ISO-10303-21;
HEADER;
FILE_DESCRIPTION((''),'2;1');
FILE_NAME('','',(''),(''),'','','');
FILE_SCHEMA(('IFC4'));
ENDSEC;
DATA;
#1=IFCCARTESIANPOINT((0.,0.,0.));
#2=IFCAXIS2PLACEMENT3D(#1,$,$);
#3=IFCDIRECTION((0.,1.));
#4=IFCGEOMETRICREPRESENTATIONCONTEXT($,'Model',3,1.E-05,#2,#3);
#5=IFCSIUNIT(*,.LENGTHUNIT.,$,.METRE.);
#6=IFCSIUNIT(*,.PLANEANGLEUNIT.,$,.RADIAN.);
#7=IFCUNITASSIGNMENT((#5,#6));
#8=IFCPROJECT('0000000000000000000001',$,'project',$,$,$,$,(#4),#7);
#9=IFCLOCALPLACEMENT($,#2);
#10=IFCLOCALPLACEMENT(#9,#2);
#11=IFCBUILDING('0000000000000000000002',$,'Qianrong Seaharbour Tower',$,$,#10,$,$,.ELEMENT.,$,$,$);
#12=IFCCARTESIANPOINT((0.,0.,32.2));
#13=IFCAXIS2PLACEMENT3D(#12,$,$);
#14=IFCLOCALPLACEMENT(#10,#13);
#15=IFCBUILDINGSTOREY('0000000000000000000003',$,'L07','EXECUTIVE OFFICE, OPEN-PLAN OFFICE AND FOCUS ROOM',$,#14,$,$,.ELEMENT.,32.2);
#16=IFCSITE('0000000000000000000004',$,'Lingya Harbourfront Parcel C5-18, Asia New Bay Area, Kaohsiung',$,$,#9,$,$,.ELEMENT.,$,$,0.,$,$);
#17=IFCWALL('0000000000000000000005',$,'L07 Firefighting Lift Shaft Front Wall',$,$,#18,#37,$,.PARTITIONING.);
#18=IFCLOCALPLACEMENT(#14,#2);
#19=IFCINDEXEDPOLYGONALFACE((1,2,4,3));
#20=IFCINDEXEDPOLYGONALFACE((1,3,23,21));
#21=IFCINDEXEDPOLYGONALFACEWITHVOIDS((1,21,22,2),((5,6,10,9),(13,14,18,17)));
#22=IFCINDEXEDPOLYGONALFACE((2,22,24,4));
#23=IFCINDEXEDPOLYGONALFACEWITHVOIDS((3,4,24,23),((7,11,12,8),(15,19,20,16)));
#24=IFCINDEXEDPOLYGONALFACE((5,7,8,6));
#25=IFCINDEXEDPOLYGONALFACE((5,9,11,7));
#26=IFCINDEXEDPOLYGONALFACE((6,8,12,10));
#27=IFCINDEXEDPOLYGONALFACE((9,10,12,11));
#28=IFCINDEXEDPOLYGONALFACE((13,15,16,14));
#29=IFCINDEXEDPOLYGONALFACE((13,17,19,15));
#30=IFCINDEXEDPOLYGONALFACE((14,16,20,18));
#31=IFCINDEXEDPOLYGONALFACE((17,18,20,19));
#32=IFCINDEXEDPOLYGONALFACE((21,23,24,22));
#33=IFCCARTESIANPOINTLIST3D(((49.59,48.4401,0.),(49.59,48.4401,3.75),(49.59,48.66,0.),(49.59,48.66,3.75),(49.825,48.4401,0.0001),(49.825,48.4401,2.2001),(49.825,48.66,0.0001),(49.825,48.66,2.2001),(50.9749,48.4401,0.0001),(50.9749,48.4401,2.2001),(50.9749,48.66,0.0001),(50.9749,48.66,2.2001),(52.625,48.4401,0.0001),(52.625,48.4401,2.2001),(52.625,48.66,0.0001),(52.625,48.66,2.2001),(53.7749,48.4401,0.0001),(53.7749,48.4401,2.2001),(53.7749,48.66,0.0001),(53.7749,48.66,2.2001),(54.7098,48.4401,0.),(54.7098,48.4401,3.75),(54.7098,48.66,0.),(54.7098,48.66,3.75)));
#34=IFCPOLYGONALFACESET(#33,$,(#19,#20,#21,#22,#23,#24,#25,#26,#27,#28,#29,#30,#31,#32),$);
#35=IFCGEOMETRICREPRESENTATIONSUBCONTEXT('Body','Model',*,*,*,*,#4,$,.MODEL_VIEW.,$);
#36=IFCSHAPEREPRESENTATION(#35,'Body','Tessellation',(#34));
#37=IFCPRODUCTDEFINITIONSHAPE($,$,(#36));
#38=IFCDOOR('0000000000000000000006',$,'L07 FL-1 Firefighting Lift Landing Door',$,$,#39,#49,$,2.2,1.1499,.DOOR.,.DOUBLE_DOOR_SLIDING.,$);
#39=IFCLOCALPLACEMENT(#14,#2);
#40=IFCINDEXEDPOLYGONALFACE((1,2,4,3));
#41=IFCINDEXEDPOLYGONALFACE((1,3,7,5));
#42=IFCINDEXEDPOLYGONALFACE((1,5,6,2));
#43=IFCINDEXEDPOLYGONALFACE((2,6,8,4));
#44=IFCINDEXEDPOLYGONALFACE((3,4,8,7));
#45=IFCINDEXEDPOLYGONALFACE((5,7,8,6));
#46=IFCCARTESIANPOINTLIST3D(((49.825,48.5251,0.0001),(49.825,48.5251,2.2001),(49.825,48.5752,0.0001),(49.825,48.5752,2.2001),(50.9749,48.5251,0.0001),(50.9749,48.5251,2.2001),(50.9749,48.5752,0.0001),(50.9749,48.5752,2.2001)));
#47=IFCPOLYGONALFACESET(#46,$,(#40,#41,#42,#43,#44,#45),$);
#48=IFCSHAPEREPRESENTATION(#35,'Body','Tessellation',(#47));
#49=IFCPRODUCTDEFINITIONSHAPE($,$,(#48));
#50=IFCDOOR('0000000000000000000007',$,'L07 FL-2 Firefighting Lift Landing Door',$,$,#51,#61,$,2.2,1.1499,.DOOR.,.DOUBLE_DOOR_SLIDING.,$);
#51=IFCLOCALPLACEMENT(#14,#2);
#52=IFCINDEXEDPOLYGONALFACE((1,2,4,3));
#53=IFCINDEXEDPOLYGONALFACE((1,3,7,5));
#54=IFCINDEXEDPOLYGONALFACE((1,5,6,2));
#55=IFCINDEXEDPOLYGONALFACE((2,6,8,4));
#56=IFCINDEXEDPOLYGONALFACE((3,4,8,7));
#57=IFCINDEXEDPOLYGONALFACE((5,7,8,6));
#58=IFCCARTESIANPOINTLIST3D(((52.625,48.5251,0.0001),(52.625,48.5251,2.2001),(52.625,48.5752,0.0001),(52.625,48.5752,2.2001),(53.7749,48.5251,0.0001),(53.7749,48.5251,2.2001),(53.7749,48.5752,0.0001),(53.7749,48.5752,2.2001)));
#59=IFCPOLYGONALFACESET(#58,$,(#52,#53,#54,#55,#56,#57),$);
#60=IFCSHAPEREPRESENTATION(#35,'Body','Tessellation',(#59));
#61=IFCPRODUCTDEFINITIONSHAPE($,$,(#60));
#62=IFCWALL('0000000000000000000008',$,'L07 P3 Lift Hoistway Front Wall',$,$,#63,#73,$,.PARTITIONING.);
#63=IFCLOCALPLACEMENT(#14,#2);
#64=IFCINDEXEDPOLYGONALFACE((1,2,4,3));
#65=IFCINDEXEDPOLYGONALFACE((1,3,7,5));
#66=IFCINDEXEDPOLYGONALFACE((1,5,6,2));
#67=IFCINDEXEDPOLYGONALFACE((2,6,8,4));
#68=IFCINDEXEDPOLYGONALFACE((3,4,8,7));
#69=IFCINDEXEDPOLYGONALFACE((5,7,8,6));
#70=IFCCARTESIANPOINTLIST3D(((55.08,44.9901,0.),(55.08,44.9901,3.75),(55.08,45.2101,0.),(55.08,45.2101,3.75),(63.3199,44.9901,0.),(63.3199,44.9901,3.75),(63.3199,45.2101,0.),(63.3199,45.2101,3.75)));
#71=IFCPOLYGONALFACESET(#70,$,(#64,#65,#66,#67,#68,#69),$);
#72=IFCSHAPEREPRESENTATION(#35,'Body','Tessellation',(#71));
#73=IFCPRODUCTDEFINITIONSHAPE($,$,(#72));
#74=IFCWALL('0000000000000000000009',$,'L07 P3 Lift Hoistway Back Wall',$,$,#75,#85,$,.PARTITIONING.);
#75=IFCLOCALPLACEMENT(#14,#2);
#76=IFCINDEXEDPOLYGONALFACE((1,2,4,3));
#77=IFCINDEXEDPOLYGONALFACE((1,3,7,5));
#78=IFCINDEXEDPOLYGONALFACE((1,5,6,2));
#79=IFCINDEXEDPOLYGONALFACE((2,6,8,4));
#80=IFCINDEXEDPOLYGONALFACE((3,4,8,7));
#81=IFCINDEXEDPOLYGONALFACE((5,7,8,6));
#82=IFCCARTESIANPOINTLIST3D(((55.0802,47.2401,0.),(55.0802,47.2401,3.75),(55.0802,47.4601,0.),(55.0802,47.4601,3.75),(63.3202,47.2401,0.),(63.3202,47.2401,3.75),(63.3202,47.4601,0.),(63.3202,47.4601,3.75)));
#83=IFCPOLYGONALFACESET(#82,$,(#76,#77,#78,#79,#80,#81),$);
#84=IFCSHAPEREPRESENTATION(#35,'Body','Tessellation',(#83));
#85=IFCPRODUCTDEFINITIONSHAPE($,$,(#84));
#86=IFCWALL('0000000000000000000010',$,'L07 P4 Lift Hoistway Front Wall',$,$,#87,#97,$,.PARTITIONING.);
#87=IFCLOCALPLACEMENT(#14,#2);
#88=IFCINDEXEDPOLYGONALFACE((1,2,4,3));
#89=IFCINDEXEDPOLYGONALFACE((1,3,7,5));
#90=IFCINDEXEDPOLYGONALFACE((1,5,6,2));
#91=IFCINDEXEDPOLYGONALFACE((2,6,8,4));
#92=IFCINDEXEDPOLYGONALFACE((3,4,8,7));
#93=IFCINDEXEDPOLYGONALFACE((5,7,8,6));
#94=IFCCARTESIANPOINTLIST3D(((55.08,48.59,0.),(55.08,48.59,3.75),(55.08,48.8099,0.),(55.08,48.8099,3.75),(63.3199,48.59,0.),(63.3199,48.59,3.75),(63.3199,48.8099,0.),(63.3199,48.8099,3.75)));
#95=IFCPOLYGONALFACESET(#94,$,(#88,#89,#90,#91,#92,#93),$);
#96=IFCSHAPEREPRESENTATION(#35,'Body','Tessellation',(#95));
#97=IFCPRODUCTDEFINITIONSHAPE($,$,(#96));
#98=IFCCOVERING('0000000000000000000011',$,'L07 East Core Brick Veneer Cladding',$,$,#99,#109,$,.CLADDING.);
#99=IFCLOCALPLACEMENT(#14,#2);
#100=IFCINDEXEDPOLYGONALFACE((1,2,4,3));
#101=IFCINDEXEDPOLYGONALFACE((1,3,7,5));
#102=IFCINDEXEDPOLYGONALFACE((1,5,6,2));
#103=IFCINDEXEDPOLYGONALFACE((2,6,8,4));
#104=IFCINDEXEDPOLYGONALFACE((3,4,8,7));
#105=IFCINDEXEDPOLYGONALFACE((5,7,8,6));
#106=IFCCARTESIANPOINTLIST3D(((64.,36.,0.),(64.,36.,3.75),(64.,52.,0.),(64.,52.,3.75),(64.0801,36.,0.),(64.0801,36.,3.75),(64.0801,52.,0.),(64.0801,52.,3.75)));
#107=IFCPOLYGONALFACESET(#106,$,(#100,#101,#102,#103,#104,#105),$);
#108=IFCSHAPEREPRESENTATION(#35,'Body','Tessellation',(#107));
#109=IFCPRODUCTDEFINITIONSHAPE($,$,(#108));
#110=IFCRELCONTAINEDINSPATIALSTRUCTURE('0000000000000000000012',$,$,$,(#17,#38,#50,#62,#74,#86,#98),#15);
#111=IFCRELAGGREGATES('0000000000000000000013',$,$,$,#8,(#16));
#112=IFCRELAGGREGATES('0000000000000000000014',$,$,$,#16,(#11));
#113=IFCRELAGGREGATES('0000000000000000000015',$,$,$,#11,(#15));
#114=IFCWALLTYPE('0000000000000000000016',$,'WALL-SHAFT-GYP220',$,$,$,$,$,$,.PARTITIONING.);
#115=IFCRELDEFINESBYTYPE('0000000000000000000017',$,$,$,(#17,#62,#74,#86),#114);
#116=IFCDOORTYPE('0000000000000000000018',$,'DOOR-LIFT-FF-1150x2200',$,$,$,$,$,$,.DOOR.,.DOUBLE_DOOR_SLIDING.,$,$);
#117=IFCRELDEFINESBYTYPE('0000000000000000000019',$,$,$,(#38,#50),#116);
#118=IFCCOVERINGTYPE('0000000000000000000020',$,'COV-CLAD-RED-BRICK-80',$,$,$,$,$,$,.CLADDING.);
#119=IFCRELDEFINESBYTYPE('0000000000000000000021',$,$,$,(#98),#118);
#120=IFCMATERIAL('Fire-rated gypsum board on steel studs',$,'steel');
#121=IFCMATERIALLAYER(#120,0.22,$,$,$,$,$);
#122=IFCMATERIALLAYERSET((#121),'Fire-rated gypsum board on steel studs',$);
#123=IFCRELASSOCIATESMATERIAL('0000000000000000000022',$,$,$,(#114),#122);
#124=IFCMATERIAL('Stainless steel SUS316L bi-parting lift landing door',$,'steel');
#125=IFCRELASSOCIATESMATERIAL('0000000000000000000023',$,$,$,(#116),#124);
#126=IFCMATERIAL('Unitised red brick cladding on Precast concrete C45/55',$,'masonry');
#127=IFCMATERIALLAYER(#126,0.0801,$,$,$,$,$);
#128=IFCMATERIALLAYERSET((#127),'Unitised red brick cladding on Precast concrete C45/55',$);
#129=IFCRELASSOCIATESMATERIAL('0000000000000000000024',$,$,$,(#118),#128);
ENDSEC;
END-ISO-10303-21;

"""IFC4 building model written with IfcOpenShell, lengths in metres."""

from ifc_helpers import new_model, si_unit, direction, frame, frame_2d, origin, origin_2d, place, context, subcontext, project, spatial, rectangle, extrude, material, layer, layer_set, type_object, element, fill, save


model = new_model("IFC4")

# Units and contexts
model_context = context("Model", 3, precision=1e-05, world=origin(), true_north=direction((0.0, 1.0)))
body_context = subcontext(model_context, "Body", "Model", "MODEL_VIEW")
ifc_project = project(units=[si_unit("LENGTHUNIT", "METRE"), si_unit("PLANEANGLEUNIT", "RADIAN")], contexts=[model_context])

# Site, building, storey
site_placement = place(None, origin())
site = spatial("IfcSite", under=ifc_project, at=site_placement, Name="Lingya Harbourfront Parcel C5-18, Asia New Bay Area, Kaohsiung", CompositionType="ELEMENT", RefElevation=0.0)
building_placement = place(site_placement, origin())
building = spatial("IfcBuilding", under=site, at=building_placement, Name="Qianrong Seaharbour Tower", CompositionType="ELEMENT")
storey_placement = place(building_placement, frame((0.0, 0.0, 32.2)))
storey = spatial("IfcBuildingStorey", under=building, at=storey_placement, Name="L07", Description="EXECUTIVE OFFICE, OPEN-PLAN OFFICE AND FOCUS ROOM", CompositionType="ELEMENT", Elevation=32.2)

# Shared definitions
ifc_material_1 = material(Name="Fire-rated gypsum board on steel studs", Category="steel")

# Wall, openings, doors
ifc_layer_1 = layer(ifc_material_1, 0.22)
ifc_layer_set_1 = layer_set([ifc_layer_1], Name="Fire-rated gypsum board on steel studs")
wall_type_1 = type_object("IfcWallType", Name="WALL-SHAFT-GYP220", PredefinedType="PARTITIONING", material=ifc_layer_set_1)
wall_1_placement = place(storey_placement, frame((54.71, 48.55, 0.0), z_axis=(0.0, 0.0, 1.0), x_axis=(-1.0, 0.0, 0.0)))
wall_1 = element("IfcWall", 1, at=wall_1_placement, inside=storey, type_object=wall_type_1, Name="L07 Firefighting Lift Shaft Front Wall", PredefinedType="PARTITIONING", context=body_context, shape_type="SweptSolid", body=[
    extrude(rectangle(XDim=5.1199, YDim=0.22, at=frame_2d((2.5601, 0.0))), origin(), (0.0, 0.0, 1.0), 3.75),
])
opening_1_placement = place(wall_1_placement, frame((3.7351, 0.0, 0.0)))
opening_1 = element("IfcOpeningElement", 2, at=opening_1_placement, cuts=wall_1, PredefinedType="OPENING", context=body_context, shape_type="SweptSolid", body=[
    extrude(rectangle(XDim=1.1499, YDim=2.2, at=frame_2d((0.575, 1.1001))), frame((0.0, 0.1201, 0.0), z_axis=(0.0, -1.0, 0.0), x_axis=(1.0, 0.0, 0.0)), (0.0, 0.0, 1.0), 0.24),
])
opening_2_placement = place(wall_1_placement, frame((0.9351, 0.0, 0.0)))
opening_2 = element("IfcOpeningElement", 3, at=opening_2_placement, cuts=wall_1, PredefinedType="OPENING", context=body_context, shape_type="SweptSolid", body=[
    extrude(rectangle(XDim=1.1499, YDim=2.2, at=frame_2d((0.575, 1.1001))), frame((0.0, 0.1201, 0.0), z_axis=(0.0, -1.0, 0.0), x_axis=(1.0, 0.0, 0.0)), (0.0, 0.0, 1.0), 0.24),
])
ifc_material_2 = material(Name="Stainless steel SUS316L bi-parting lift landing door", Category="steel")
door_type_1 = type_object("IfcDoorType", Name="DOOR-LIFT-FF-1150x2200", OperationType="DOUBLE_DOOR_SLIDING", PredefinedType="DOOR", material=ifc_material_2)
door_1_placement = place(opening_1_placement, origin())
door_1 = element("IfcDoor", 4, at=door_1_placement, inside=storey, type_object=door_type_1, Name="L07 FL-1 Firefighting Lift Landing Door", OperationType="DOUBLE_DOOR_SLIDING", OverallHeight=2.2, OverallWidth=1.1499, PredefinedType="DOOR", context=body_context, shape_type="SweptSolid", body=[
    extrude(rectangle(XDim=1.1499, YDim=2.2, at=frame_2d((0.575, 1.1001))), frame((0.0, 0.0249, 0.0), z_axis=(0.0, -1.0, 0.0), x_axis=(1.0, 0.0, 0.0)), (0.0, 0.0, 1.0), 0.05),
])
fill(opening_1, door_1)
door_2_placement = place(opening_2_placement, origin())
door_2 = element("IfcDoor", 5, at=door_2_placement, inside=storey, type_object=door_type_1, Name="L07 FL-2 Firefighting Lift Landing Door", OperationType="DOUBLE_DOOR_SLIDING", OverallHeight=2.2, OverallWidth=1.1499, PredefinedType="DOOR", context=body_context, shape_type="SweptSolid", body=[
    extrude(rectangle(XDim=1.1499, YDim=2.2, at=frame_2d((0.575, 1.1001))), frame((0.0, 0.0249, 0.0), z_axis=(0.0, -1.0, 0.0), x_axis=(1.0, 0.0, 0.0)), (0.0, 0.0, 1.0), 0.05),
])
fill(opening_2, door_2)

# Walls
for number, where, z_axis, x_axis, name in (
    (6, (63.3201, 45.1001, 0.0), (0.0, 0.0, 1.0), (-1.0, 0.0, 0.0), "L07 P3 Lift Hoistway Front Wall"),
    (7, (55.0801, 47.3501, 0.0), (0.0, 0.0, 1.0), (1.0, 0.0, 0.0), "L07 P3 Lift Hoistway Back Wall"),
    (8, (63.3201, 48.7, 0.0), (0.0, 0.0, 1.0), (-1.0, 0.0, 0.0), "L07 P4 Lift Hoistway Front Wall"),
):
    element("IfcWall", number, at=place(storey_placement, frame(where, z_axis=z_axis, x_axis=x_axis)), inside=storey, type_object=wall_type_1, Name=name, PredefinedType="PARTITIONING", context=body_context, shape_type="SweptSolid", body=[
        extrude(rectangle(XDim=8.24, YDim=0.22, at=frame_2d((4.1201, 0.0))), origin(), (0.0, 0.0, 1.0), 3.75),
    ])

# Covering
ifc_material_3 = material(Name="Unitised red brick cladding on Precast concrete C45/55", Category="masonry")
ifc_layer_2 = layer(ifc_material_3, 0.0801)
ifc_layer_set_2 = layer_set([ifc_layer_2], Name="Unitised red brick cladding on Precast concrete C45/55")
covering_type = type_object("IfcCoveringType", Name="COV-CLAD-RED-BRICK-80", PredefinedType="CLADDING", material=ifc_layer_set_2)
covering_placement = place(storey_placement, frame((64.04, 44.0, 0.0), z_axis=(0.0, 0.0, 1.0), x_axis=(1.0, 0.0, 0.0)))
element("IfcCovering", 9, at=covering_placement, inside=storey, type_object=covering_type, Name="L07 East Core Brick Veneer Cladding", PredefinedType="CLADDING", context=body_context, shape_type="SweptSolid", body=[
    extrude(rectangle(XDim=0.0801, YDim=16.0, at=origin_2d()), origin(), (0.0, 0.0, 1.0), 3.75),
])

save(model, "model.ifc")
